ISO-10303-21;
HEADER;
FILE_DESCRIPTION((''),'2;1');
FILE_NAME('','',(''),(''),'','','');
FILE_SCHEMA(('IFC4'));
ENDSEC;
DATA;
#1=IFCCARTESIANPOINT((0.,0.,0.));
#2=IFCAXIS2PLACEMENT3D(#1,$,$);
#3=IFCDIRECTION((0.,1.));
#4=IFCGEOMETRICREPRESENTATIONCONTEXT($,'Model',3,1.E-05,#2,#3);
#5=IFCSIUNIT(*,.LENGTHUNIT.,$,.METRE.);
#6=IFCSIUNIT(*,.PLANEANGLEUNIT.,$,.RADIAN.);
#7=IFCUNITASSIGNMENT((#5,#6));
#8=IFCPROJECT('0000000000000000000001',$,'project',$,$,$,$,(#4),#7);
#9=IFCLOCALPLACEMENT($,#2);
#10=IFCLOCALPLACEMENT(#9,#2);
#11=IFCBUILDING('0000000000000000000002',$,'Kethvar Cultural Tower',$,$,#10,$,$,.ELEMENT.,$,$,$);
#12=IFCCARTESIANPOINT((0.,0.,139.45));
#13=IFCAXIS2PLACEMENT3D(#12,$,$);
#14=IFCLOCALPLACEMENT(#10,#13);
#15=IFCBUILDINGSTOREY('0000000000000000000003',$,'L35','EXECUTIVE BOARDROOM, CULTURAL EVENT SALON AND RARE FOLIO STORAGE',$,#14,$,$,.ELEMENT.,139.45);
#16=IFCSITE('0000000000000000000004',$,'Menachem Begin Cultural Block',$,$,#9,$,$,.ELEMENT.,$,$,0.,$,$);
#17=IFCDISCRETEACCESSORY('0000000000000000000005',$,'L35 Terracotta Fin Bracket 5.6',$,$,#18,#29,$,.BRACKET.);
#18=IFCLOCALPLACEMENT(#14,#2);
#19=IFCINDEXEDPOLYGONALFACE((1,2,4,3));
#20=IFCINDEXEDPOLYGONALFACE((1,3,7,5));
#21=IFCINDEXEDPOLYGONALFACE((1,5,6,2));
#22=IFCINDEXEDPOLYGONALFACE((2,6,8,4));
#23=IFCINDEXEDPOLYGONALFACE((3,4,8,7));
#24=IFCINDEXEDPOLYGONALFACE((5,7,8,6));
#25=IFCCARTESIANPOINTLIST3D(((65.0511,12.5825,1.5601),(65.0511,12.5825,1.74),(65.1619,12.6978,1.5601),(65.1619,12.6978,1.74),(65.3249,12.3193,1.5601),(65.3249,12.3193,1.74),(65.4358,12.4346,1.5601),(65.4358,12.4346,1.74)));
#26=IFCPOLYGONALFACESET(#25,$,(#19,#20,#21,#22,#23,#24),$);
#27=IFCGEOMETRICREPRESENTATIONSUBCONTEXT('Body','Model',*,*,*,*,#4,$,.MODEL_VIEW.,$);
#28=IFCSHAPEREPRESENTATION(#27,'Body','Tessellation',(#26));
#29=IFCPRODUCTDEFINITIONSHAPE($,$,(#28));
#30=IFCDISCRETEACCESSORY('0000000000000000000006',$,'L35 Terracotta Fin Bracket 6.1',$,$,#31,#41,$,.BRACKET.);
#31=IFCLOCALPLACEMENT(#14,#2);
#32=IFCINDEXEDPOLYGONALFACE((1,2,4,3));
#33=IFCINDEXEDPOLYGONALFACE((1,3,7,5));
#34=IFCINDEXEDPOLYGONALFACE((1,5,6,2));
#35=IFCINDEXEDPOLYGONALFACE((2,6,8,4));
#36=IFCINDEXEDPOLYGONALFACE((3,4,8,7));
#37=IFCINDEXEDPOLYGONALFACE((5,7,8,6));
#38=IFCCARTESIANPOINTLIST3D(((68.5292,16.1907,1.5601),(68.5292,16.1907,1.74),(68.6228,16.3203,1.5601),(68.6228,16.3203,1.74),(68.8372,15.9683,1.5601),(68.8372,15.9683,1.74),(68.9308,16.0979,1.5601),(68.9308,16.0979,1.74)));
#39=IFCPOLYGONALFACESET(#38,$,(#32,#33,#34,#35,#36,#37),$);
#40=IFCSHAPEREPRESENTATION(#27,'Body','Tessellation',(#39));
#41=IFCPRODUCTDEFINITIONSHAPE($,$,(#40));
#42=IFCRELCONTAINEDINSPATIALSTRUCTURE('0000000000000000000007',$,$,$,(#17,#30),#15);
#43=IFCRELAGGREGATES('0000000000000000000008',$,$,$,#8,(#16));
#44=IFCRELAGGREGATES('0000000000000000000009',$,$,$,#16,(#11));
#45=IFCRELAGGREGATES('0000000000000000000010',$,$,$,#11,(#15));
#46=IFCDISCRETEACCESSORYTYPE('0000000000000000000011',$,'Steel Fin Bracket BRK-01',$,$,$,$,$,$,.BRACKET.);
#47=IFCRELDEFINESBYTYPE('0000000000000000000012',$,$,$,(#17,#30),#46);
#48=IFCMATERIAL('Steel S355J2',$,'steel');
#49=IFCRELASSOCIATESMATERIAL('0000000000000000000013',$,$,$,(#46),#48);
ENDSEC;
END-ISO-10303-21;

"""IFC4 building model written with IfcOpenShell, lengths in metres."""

from ifc_helpers import new_model, si_unit, direction, frame, origin, origin_2d, place, context, subcontext, project, spatial, rectangle, extrude, source, transform, mapped, material, type_object, element, save


model = new_model("IFC4")

# Units and contexts
model_context = context("Model", 3, precision=1e-05, world=origin(), true_north=direction((0.0, 1.0)))
body_context = subcontext(model_context, "Body", "Model", "MODEL_VIEW")
ifc_project = project(units=[si_unit("LENGTHUNIT", "METRE"), si_unit("PLANEANGLEUNIT", "RADIAN")], contexts=[model_context])

# Site, building, storey
site_placement = place(None, origin())
site = spatial("IfcSite", under=ifc_project, at=site_placement, Name="Menachem Begin Cultural Block", CompositionType="ELEMENT", RefElevation=0.0)
building_placement = place(site_placement, origin())
building = spatial("IfcBuilding", under=site, at=building_placement, Name="Kethvar Cultural Tower", CompositionType="ELEMENT")
storey_placement = place(building_placement, frame((0.0, 0.0, 139.45)))
storey = spatial("IfcBuildingStorey", under=building, at=storey_placement, Name="L35", Description="EXECUTIVE BOARDROOM, CULTURAL EVENT SALON AND RARE FOLIO STORAGE", CompositionType="ELEMENT", Elevation=139.45)

# Shared definitions
ifc_material_1 = material(Name="Steel S355J2", Category="steel")

# Discrete accessories
discrete_accessory_type = type_object("IfcDiscreteAccessoryType", Name="Steel Fin Bracket BRK-01", PredefinedType="BRACKET", material=ifc_material_1)
shared_shape_1 = source(origin(), body_context, "Body", "SweptSolid", [
    extrude(rectangle(XDim=0.3799, YDim=0.1599, at=origin_2d()), origin(), (0.0, 0.0, 1.0), 0.1799),
])
for number, where, z_axis, x_axis, name in (
    (1, (65.2434, 12.5085, 1.5601), (0.0, 0.0, 1.0), (0.720914, -0.693024, 0.0), "L35 Terracotta Fin Bracket 5.6"),
    (2, (68.73, 16.1443, 1.5601), (0.0, 0.0, 1.0), (0.810757, -0.585382, 0.0), "L35 Terracotta Fin Bracket 6.1"),
):
    element("IfcDiscreteAccessory", number, at=place(storey_placement, frame(where, z_axis=z_axis, x_axis=x_axis)), inside=storey, type_object=discrete_accessory_type, Name=name, PredefinedType="BRACKET", context=body_context, shape_type="MappedRepresentation", body=[
        mapped(shared_shape_1, transform((0.0, 0.0, 0.0), scale=1.0)),
    ])

save(model, "model.ifc")
